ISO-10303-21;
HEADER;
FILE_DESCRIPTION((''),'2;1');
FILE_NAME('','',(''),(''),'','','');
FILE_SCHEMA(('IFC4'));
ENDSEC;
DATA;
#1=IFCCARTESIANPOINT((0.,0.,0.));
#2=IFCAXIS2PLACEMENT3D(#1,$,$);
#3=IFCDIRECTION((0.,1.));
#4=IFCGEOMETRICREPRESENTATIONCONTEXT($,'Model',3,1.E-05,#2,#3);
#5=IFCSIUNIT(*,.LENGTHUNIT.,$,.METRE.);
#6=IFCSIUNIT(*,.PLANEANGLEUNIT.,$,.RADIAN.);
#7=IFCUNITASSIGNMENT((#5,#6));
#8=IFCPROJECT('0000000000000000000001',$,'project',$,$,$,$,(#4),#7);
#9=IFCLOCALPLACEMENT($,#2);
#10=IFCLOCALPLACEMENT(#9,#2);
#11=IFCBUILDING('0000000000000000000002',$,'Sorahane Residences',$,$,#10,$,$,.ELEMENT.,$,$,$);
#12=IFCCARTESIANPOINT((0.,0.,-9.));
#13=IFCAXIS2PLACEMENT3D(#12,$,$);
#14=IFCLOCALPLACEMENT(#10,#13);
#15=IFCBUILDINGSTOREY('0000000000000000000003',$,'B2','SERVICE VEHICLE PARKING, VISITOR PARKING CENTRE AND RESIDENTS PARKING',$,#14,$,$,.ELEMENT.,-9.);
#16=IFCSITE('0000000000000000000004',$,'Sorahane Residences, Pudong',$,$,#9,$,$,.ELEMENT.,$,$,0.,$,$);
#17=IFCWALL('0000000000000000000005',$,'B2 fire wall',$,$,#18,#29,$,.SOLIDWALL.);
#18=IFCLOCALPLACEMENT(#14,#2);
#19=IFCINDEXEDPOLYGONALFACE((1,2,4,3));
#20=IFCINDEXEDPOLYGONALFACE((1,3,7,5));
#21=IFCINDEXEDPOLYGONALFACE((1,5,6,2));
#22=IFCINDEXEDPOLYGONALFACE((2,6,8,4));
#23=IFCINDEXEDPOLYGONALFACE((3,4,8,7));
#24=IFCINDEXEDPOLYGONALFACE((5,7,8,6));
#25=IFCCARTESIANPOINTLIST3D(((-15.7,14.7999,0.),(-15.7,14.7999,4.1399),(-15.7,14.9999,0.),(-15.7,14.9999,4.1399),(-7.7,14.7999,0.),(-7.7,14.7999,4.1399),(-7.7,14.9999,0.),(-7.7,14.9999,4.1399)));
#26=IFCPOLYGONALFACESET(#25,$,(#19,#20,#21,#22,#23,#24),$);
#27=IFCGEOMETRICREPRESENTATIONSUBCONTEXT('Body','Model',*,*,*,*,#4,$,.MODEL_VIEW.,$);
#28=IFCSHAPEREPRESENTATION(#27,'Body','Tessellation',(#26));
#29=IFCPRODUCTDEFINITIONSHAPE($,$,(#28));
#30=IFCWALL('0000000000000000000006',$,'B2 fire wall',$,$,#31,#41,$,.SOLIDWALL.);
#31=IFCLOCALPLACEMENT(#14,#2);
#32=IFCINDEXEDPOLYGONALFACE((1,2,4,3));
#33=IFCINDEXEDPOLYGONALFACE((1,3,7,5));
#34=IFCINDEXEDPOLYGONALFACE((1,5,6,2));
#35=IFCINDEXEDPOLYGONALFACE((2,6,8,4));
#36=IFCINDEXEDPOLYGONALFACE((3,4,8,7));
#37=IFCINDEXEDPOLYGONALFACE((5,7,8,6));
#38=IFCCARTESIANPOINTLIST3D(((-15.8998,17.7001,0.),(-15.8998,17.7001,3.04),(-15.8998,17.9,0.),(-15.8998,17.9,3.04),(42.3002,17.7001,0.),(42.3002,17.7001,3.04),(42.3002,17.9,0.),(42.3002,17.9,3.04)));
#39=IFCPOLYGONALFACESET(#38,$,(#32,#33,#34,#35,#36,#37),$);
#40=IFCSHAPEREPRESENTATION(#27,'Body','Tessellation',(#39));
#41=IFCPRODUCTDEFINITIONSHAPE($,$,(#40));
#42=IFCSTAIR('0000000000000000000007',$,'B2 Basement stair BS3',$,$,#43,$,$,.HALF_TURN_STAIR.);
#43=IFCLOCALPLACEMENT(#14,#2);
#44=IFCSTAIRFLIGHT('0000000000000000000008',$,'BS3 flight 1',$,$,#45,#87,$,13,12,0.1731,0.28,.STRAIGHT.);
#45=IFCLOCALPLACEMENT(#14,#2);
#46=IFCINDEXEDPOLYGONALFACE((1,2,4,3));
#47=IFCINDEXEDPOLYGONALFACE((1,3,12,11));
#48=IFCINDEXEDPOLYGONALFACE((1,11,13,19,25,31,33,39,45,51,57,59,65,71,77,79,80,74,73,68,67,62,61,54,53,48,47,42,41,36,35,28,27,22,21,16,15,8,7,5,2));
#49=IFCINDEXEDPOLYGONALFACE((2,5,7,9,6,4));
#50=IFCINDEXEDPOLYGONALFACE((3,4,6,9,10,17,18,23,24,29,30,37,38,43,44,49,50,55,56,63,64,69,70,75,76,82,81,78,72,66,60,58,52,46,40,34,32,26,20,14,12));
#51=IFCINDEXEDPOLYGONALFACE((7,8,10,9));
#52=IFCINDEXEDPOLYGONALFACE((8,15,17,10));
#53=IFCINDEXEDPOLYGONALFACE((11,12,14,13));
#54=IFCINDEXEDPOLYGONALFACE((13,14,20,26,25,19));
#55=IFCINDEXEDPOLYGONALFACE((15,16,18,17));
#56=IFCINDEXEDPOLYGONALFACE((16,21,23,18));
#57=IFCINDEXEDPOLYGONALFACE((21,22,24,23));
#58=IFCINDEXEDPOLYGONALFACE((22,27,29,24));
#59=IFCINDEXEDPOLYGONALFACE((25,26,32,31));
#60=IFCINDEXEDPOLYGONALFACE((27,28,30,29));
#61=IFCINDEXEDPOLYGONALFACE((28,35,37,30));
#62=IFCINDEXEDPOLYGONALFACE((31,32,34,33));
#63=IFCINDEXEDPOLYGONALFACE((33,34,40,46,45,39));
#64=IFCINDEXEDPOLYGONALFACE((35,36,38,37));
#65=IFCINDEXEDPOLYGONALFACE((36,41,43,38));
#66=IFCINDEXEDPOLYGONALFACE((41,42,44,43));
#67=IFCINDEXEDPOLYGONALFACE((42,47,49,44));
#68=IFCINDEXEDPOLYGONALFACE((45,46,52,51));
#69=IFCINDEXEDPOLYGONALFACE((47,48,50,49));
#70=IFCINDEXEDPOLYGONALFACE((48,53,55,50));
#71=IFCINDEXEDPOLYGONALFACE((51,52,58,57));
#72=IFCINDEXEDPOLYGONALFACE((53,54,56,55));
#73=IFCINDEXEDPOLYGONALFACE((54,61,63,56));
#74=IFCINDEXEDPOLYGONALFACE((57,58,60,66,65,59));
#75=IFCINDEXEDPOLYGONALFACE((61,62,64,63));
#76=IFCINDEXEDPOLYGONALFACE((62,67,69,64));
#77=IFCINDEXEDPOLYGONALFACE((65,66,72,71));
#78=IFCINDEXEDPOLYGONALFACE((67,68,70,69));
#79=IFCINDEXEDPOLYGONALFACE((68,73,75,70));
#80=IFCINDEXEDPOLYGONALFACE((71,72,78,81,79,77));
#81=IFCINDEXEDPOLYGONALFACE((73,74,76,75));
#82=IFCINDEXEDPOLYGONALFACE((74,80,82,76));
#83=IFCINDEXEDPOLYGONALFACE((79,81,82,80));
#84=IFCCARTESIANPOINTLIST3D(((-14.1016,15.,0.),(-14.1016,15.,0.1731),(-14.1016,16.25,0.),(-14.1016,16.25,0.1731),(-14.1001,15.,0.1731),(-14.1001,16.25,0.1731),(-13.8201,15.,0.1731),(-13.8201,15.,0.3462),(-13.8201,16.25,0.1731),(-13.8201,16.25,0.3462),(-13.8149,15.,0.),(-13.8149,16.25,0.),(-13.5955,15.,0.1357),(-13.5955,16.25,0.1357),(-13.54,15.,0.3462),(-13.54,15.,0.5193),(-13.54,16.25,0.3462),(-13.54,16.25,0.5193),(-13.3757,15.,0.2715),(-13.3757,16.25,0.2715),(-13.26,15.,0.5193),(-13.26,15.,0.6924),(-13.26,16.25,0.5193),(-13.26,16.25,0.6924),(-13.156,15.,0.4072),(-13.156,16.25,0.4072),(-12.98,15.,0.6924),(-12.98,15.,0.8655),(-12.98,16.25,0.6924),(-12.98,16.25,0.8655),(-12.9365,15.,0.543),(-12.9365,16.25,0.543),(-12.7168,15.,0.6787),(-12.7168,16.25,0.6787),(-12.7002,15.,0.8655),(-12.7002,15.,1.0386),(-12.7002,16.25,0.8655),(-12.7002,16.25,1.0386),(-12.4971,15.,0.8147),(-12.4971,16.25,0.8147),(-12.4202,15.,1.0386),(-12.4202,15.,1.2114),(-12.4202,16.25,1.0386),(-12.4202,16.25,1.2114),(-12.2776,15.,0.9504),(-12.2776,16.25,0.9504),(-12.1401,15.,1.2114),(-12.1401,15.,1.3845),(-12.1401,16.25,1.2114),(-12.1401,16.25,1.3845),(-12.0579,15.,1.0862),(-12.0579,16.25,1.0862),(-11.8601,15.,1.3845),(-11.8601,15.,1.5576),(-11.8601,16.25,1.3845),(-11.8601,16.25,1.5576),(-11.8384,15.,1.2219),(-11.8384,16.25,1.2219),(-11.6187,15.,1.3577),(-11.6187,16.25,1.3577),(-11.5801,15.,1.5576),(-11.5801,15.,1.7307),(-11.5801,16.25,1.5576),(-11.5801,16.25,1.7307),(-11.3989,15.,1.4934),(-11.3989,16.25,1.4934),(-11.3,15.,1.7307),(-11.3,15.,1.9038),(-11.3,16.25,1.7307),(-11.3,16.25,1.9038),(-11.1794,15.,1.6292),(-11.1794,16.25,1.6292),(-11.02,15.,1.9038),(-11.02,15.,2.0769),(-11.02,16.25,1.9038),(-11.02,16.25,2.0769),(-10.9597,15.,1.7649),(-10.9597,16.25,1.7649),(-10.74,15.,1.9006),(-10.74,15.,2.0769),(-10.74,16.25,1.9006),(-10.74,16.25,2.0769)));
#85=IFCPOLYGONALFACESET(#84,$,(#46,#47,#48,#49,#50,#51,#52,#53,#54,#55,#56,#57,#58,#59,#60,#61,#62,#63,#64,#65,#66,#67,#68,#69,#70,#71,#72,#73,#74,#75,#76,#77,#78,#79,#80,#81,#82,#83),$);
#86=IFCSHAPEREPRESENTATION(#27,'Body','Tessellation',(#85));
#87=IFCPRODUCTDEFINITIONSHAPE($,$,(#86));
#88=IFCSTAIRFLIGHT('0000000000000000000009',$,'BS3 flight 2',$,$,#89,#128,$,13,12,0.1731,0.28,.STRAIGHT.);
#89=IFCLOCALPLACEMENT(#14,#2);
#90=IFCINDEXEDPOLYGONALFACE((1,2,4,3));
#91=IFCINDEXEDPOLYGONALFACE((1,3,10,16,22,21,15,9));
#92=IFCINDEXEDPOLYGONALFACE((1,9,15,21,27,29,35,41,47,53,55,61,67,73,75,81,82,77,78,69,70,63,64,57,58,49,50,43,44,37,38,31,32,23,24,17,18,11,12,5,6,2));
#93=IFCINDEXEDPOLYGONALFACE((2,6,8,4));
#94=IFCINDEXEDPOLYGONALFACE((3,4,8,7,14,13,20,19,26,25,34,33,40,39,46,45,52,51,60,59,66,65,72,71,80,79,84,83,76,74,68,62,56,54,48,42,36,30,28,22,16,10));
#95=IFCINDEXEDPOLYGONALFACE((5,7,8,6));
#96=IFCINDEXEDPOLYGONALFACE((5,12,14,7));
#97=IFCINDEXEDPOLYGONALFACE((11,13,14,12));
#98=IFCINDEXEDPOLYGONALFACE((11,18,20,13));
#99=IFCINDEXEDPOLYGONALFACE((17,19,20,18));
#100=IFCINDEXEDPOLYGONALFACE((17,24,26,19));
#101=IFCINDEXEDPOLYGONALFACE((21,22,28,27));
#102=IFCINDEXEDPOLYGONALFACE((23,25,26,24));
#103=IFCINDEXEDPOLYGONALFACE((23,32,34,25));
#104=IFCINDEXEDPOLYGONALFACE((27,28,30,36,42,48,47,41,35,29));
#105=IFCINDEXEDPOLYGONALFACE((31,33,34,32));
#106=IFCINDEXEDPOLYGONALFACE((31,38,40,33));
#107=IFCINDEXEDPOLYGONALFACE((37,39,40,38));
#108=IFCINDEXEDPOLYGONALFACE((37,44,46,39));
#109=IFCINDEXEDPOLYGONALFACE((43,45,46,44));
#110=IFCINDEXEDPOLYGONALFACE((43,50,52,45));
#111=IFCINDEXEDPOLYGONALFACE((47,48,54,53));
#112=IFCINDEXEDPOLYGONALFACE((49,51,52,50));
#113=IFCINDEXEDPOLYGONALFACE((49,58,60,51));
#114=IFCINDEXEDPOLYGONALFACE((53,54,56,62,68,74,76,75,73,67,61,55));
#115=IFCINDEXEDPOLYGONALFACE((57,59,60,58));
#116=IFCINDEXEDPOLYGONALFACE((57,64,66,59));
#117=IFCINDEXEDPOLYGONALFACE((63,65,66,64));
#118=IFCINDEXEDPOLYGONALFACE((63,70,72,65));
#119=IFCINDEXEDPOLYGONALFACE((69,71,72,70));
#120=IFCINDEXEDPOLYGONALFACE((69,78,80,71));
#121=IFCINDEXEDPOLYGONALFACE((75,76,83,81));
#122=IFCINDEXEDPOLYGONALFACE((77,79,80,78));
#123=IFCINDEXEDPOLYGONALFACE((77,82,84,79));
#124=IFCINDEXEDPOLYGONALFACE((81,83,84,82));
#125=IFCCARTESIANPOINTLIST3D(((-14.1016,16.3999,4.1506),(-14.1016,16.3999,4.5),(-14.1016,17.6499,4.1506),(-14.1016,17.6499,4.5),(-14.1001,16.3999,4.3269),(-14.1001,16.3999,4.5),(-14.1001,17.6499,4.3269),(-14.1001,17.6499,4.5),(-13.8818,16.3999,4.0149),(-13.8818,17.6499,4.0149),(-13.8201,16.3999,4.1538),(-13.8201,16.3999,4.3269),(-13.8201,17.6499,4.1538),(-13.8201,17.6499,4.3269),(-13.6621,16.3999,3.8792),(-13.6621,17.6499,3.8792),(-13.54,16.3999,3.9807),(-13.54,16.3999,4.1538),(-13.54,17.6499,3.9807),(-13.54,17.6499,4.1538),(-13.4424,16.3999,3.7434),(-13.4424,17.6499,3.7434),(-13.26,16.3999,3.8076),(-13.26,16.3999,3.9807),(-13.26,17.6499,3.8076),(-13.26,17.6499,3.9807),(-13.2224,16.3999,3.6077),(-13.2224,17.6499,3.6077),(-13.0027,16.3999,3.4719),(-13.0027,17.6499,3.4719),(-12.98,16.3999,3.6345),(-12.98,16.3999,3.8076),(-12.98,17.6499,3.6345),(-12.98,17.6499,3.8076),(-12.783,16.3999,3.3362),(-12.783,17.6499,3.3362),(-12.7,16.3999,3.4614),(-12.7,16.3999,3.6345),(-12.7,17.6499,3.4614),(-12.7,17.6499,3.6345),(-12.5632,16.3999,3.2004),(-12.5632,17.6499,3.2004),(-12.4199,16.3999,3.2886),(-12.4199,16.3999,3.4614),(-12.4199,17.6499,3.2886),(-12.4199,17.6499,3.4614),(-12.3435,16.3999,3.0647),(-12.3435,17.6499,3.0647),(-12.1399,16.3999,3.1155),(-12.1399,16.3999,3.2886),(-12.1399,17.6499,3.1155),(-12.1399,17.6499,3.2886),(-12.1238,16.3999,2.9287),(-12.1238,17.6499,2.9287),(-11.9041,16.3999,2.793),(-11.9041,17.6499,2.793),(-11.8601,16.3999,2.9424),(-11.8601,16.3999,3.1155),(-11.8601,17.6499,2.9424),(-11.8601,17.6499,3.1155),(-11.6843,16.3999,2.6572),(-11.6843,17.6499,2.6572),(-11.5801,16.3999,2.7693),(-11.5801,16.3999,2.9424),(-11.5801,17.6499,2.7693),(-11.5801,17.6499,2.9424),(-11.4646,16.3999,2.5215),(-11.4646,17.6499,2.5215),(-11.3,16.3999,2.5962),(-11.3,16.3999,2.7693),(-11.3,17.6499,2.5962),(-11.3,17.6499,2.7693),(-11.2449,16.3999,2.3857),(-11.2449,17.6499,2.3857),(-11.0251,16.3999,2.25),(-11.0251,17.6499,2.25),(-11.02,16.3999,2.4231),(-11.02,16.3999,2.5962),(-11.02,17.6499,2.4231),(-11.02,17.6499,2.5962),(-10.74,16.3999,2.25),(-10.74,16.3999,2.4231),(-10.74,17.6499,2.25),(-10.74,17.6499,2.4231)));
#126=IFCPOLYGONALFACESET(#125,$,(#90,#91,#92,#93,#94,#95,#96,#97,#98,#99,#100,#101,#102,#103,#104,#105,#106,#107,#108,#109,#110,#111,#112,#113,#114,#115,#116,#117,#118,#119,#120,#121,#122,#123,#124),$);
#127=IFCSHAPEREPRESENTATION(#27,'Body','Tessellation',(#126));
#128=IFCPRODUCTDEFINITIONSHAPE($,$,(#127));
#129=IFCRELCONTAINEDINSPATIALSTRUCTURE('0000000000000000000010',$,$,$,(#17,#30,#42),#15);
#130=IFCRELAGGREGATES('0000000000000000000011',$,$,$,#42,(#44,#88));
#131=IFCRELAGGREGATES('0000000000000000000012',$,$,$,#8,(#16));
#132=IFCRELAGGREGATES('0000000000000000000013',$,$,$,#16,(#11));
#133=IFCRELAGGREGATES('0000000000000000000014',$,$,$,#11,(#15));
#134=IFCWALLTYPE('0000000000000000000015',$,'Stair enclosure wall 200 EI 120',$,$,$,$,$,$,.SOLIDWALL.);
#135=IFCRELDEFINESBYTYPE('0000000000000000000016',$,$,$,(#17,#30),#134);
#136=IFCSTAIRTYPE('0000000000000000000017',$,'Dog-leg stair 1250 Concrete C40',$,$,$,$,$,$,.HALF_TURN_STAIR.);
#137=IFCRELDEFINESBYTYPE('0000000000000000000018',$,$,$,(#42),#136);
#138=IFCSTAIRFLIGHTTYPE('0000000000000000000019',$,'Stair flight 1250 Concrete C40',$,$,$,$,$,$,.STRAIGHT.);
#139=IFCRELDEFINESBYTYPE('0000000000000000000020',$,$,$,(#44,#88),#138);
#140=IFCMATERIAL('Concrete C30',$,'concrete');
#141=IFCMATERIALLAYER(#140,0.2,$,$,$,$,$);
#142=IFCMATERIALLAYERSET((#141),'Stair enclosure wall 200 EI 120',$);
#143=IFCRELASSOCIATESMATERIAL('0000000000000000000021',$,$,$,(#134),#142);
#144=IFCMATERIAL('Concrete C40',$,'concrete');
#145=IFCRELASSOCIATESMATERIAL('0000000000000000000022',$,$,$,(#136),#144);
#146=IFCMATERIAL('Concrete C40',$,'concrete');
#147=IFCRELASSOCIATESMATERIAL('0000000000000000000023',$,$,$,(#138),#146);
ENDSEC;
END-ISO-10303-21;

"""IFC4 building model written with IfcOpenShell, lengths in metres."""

from ifc_helpers import new_model, si_unit, direction, frame, frame_2d, origin, place, context, subcontext, project, spatial, polyline, rectangle, outline, extrude, material, layer, layer_set, type_object, element, aggregate, save


model = new_model("IFC4")

# Units and contexts
model_context = context("Model", 3, precision=1e-05, world=origin(), true_north=direction((0.0, 1.0)))
body_context = subcontext(model_context, "Body", "Model", "MODEL_VIEW")
ifc_project = project(units=[si_unit("LENGTHUNIT", "METRE"), si_unit("PLANEANGLEUNIT", "RADIAN")], contexts=[model_context])

# Site, building, storey
site_placement = place(None, origin())
site = spatial("IfcSite", under=ifc_project, at=site_placement, Name="Sorahane Residences, Pudong", CompositionType="ELEMENT", RefElevation=0.0)
building_placement = place(site_placement, origin())
building = spatial("IfcBuilding", under=site, at=building_placement, Name="Sorahane Residences", CompositionType="ELEMENT")
storey_placement = place(building_placement, frame((0.0, 0.0, -9.0)))
storey = spatial("IfcBuildingStorey", under=building, at=storey_placement, Name="B2", Description="SERVICE VEHICLE PARKING, VISITOR PARKING CENTRE AND RESIDENTS PARKING", CompositionType="ELEMENT", Elevation=-9.0)

# Walls
ifc_material_1 = material(Name="Concrete C30", Category="concrete")
ifc_layer_1 = layer(ifc_material_1, 0.2)
ifc_layer_set_1 = layer_set([ifc_layer_1], Name="Stair enclosure wall 200 EI 120")
wall_type_1 = type_object("IfcWallType", Name="Stair enclosure wall 200 EI 120", PredefinedType="SOLIDWALL", material=ifc_layer_set_1)
wall_1_placement = place(storey_placement, frame((-15.7, 14.8999, 0.0), z_axis=(0.0, 0.0, 1.0), x_axis=(1.0, 0.0, 0.0)))
element("IfcWall", 1, at=wall_1_placement, inside=storey, type_object=wall_type_1, Name="B2 fire wall", PredefinedType="SOLIDWALL", context=body_context, shape_type="SweptSolid", body=[
    extrude(rectangle(XDim=8.0, YDim=0.2, at=frame_2d((4.0, 0.0))), origin(), (0.0, 0.0, 1.0), 4.1399),
])
wall_2_placement = place(storey_placement, frame((-15.8999, 17.8, 0.0), z_axis=(0.0, 0.0, 1.0), x_axis=(1.0, 0.0, 0.0)))
element("IfcWall", 2, at=wall_2_placement, inside=storey, type_object=wall_type_1, Name="B2 fire wall", PredefinedType="SOLIDWALL", context=body_context, shape_type="SweptSolid", body=[
    extrude(rectangle(XDim=58.2, YDim=0.2, at=frame_2d((29.1001, 0.0))), origin(), (0.0, 0.0, 1.0), 3.04),
])

# Stair, stair flights
ifc_material_2 = material(Name="Concrete C40", Category="concrete")
stair_type = type_object("IfcStairType", Name="Dog-leg stair 1250 Concrete C40", PredefinedType="HALF_TURN_STAIR", material=ifc_material_2)
stair_placement = place(storey_placement, origin())
stair = element("IfcStair", 3, at=stair_placement, inside=storey, type_object=stair_type, Name="B2 Basement stair BS3", PredefinedType="HALF_TURN_STAIR")
ifc_material_3 = material(Name="Concrete C40", Category="concrete")
stair_flight_type = type_object("IfcStairFlightType", Name="Stair flight 1250 Concrete C40", PredefinedType="STRAIGHT", material=ifc_material_3)
stair_flight_1_placement = place(storey_placement, frame((-14.1001, 15.625, 0.0), z_axis=(0.0, 0.0, 1.0), x_axis=(1.0, 0.0, 0.0)))
stair_flight_1 = element("IfcStairFlight", 4, at=stair_flight_1_placement, type_object=stair_flight_type, Name="BS3 flight 1", NumberOfRisers=13, NumberOfTreads=12, PredefinedType="STRAIGHT", RiserHeight=0.1731, TreadLength=0.28, context=body_context, shape_type="SweptSolid", body=[
    extrude(outline(polyline([(-0.0015, 0.0), (-0.0015, 0.1731), (0.0, 0.1731), (0.28, 0.1731), (0.28, 0.3462), (0.5601, 0.3462), (0.5601, 0.5193), (0.8401, 0.5193), (0.8401, 0.6924), (1.1201, 0.6924), (1.1201, 0.8655), (1.3999, 0.8655), (1.3999, 1.0386), (1.6799, 1.0386), (1.6799, 1.2114), (1.96, 1.2114), (1.96, 1.3845), (2.24, 1.3845), (2.24, 1.5576), (2.52, 1.5576), (2.52, 1.7307), (2.8, 1.7307), (2.8, 1.9038), (3.0801, 1.9038), (3.0801, 2.0769), (3.3601, 2.0769), (3.3601, 2.25), (3.3601, 1.9006), (3.1404, 1.7649), (2.9207, 1.6292), (2.7012, 1.4934), (2.4814, 1.3577), (2.2617, 1.2219), (2.0422, 1.0862), (1.8225, 0.9504), (1.603, 0.8147), (1.3833, 0.6787), (1.1636, 0.543), (0.9441, 0.4072), (0.7244, 0.2715), (0.5046, 0.1357), (0.2852, 0.0), (-0.0015, 0.0)])), frame((0.0, 0.625, 0.0), z_axis=(0.0, -1.0, 0.0), x_axis=(1.0, 0.0, 0.0)), (0.0, 0.0, 1.0), 1.25),
])
stair_flight_2_placement = place(storey_placement, frame((-10.74, 17.0249, 2.25), z_axis=(0.0, 0.0, 1.0), x_axis=(-1.0, 0.0, 0.0)))
stair_flight_2 = element("IfcStairFlight", 5, at=stair_flight_2_placement, type_object=stair_flight_type, Name="BS3 flight 2", NumberOfRisers=13, NumberOfTreads=12, PredefinedType="STRAIGHT", RiserHeight=0.1731, TreadLength=0.28, context=body_context, shape_type="SweptSolid", body=[
    extrude(outline(polyline([(0.0, 0.0), (0.0, 0.1731), (0.28, 0.1731), (0.28, 0.3462), (0.5601, 0.3462), (0.5601, 0.5193), (0.8401, 0.5193), (0.8401, 0.6924), (1.1201, 0.6924), (1.1201, 0.8655), (1.3999, 0.8655), (1.3999, 1.0386), (1.6799, 1.0386), (1.6799, 1.2114), (1.96, 1.2114), (1.96, 1.3845), (2.24, 1.3845), (2.24, 1.5576), (2.52, 1.5576), (2.52, 1.7307), (2.8, 1.7307), (2.8, 1.9038), (3.0801, 1.9038), (3.0801, 2.0769), (3.3601, 2.0769), (3.3601, 2.25), (3.3616, 2.25), (3.3616, 1.9006), (3.1418, 1.7649), (2.9221, 1.6292), (2.7024, 1.4934), (2.4824, 1.3577), (2.2627, 1.2219), (2.043, 1.0862), (1.8232, 0.9504), (1.6035, 0.8147), (1.3838, 0.6787), (1.1641, 0.543), (0.9443, 0.4072), (0.7246, 0.2715), (0.5049, 0.1357), (0.2852, 0.0), (0.0, 0.0)])), frame((0.0, 0.625, 0.0), z_axis=(0.0, -1.0, 0.0), x_axis=(1.0, 0.0, 0.0)), (0.0, 0.0, 1.0), 1.25),
])
aggregate(stair, [stair_flight_1, stair_flight_2])

save(model, "model.ifc")
